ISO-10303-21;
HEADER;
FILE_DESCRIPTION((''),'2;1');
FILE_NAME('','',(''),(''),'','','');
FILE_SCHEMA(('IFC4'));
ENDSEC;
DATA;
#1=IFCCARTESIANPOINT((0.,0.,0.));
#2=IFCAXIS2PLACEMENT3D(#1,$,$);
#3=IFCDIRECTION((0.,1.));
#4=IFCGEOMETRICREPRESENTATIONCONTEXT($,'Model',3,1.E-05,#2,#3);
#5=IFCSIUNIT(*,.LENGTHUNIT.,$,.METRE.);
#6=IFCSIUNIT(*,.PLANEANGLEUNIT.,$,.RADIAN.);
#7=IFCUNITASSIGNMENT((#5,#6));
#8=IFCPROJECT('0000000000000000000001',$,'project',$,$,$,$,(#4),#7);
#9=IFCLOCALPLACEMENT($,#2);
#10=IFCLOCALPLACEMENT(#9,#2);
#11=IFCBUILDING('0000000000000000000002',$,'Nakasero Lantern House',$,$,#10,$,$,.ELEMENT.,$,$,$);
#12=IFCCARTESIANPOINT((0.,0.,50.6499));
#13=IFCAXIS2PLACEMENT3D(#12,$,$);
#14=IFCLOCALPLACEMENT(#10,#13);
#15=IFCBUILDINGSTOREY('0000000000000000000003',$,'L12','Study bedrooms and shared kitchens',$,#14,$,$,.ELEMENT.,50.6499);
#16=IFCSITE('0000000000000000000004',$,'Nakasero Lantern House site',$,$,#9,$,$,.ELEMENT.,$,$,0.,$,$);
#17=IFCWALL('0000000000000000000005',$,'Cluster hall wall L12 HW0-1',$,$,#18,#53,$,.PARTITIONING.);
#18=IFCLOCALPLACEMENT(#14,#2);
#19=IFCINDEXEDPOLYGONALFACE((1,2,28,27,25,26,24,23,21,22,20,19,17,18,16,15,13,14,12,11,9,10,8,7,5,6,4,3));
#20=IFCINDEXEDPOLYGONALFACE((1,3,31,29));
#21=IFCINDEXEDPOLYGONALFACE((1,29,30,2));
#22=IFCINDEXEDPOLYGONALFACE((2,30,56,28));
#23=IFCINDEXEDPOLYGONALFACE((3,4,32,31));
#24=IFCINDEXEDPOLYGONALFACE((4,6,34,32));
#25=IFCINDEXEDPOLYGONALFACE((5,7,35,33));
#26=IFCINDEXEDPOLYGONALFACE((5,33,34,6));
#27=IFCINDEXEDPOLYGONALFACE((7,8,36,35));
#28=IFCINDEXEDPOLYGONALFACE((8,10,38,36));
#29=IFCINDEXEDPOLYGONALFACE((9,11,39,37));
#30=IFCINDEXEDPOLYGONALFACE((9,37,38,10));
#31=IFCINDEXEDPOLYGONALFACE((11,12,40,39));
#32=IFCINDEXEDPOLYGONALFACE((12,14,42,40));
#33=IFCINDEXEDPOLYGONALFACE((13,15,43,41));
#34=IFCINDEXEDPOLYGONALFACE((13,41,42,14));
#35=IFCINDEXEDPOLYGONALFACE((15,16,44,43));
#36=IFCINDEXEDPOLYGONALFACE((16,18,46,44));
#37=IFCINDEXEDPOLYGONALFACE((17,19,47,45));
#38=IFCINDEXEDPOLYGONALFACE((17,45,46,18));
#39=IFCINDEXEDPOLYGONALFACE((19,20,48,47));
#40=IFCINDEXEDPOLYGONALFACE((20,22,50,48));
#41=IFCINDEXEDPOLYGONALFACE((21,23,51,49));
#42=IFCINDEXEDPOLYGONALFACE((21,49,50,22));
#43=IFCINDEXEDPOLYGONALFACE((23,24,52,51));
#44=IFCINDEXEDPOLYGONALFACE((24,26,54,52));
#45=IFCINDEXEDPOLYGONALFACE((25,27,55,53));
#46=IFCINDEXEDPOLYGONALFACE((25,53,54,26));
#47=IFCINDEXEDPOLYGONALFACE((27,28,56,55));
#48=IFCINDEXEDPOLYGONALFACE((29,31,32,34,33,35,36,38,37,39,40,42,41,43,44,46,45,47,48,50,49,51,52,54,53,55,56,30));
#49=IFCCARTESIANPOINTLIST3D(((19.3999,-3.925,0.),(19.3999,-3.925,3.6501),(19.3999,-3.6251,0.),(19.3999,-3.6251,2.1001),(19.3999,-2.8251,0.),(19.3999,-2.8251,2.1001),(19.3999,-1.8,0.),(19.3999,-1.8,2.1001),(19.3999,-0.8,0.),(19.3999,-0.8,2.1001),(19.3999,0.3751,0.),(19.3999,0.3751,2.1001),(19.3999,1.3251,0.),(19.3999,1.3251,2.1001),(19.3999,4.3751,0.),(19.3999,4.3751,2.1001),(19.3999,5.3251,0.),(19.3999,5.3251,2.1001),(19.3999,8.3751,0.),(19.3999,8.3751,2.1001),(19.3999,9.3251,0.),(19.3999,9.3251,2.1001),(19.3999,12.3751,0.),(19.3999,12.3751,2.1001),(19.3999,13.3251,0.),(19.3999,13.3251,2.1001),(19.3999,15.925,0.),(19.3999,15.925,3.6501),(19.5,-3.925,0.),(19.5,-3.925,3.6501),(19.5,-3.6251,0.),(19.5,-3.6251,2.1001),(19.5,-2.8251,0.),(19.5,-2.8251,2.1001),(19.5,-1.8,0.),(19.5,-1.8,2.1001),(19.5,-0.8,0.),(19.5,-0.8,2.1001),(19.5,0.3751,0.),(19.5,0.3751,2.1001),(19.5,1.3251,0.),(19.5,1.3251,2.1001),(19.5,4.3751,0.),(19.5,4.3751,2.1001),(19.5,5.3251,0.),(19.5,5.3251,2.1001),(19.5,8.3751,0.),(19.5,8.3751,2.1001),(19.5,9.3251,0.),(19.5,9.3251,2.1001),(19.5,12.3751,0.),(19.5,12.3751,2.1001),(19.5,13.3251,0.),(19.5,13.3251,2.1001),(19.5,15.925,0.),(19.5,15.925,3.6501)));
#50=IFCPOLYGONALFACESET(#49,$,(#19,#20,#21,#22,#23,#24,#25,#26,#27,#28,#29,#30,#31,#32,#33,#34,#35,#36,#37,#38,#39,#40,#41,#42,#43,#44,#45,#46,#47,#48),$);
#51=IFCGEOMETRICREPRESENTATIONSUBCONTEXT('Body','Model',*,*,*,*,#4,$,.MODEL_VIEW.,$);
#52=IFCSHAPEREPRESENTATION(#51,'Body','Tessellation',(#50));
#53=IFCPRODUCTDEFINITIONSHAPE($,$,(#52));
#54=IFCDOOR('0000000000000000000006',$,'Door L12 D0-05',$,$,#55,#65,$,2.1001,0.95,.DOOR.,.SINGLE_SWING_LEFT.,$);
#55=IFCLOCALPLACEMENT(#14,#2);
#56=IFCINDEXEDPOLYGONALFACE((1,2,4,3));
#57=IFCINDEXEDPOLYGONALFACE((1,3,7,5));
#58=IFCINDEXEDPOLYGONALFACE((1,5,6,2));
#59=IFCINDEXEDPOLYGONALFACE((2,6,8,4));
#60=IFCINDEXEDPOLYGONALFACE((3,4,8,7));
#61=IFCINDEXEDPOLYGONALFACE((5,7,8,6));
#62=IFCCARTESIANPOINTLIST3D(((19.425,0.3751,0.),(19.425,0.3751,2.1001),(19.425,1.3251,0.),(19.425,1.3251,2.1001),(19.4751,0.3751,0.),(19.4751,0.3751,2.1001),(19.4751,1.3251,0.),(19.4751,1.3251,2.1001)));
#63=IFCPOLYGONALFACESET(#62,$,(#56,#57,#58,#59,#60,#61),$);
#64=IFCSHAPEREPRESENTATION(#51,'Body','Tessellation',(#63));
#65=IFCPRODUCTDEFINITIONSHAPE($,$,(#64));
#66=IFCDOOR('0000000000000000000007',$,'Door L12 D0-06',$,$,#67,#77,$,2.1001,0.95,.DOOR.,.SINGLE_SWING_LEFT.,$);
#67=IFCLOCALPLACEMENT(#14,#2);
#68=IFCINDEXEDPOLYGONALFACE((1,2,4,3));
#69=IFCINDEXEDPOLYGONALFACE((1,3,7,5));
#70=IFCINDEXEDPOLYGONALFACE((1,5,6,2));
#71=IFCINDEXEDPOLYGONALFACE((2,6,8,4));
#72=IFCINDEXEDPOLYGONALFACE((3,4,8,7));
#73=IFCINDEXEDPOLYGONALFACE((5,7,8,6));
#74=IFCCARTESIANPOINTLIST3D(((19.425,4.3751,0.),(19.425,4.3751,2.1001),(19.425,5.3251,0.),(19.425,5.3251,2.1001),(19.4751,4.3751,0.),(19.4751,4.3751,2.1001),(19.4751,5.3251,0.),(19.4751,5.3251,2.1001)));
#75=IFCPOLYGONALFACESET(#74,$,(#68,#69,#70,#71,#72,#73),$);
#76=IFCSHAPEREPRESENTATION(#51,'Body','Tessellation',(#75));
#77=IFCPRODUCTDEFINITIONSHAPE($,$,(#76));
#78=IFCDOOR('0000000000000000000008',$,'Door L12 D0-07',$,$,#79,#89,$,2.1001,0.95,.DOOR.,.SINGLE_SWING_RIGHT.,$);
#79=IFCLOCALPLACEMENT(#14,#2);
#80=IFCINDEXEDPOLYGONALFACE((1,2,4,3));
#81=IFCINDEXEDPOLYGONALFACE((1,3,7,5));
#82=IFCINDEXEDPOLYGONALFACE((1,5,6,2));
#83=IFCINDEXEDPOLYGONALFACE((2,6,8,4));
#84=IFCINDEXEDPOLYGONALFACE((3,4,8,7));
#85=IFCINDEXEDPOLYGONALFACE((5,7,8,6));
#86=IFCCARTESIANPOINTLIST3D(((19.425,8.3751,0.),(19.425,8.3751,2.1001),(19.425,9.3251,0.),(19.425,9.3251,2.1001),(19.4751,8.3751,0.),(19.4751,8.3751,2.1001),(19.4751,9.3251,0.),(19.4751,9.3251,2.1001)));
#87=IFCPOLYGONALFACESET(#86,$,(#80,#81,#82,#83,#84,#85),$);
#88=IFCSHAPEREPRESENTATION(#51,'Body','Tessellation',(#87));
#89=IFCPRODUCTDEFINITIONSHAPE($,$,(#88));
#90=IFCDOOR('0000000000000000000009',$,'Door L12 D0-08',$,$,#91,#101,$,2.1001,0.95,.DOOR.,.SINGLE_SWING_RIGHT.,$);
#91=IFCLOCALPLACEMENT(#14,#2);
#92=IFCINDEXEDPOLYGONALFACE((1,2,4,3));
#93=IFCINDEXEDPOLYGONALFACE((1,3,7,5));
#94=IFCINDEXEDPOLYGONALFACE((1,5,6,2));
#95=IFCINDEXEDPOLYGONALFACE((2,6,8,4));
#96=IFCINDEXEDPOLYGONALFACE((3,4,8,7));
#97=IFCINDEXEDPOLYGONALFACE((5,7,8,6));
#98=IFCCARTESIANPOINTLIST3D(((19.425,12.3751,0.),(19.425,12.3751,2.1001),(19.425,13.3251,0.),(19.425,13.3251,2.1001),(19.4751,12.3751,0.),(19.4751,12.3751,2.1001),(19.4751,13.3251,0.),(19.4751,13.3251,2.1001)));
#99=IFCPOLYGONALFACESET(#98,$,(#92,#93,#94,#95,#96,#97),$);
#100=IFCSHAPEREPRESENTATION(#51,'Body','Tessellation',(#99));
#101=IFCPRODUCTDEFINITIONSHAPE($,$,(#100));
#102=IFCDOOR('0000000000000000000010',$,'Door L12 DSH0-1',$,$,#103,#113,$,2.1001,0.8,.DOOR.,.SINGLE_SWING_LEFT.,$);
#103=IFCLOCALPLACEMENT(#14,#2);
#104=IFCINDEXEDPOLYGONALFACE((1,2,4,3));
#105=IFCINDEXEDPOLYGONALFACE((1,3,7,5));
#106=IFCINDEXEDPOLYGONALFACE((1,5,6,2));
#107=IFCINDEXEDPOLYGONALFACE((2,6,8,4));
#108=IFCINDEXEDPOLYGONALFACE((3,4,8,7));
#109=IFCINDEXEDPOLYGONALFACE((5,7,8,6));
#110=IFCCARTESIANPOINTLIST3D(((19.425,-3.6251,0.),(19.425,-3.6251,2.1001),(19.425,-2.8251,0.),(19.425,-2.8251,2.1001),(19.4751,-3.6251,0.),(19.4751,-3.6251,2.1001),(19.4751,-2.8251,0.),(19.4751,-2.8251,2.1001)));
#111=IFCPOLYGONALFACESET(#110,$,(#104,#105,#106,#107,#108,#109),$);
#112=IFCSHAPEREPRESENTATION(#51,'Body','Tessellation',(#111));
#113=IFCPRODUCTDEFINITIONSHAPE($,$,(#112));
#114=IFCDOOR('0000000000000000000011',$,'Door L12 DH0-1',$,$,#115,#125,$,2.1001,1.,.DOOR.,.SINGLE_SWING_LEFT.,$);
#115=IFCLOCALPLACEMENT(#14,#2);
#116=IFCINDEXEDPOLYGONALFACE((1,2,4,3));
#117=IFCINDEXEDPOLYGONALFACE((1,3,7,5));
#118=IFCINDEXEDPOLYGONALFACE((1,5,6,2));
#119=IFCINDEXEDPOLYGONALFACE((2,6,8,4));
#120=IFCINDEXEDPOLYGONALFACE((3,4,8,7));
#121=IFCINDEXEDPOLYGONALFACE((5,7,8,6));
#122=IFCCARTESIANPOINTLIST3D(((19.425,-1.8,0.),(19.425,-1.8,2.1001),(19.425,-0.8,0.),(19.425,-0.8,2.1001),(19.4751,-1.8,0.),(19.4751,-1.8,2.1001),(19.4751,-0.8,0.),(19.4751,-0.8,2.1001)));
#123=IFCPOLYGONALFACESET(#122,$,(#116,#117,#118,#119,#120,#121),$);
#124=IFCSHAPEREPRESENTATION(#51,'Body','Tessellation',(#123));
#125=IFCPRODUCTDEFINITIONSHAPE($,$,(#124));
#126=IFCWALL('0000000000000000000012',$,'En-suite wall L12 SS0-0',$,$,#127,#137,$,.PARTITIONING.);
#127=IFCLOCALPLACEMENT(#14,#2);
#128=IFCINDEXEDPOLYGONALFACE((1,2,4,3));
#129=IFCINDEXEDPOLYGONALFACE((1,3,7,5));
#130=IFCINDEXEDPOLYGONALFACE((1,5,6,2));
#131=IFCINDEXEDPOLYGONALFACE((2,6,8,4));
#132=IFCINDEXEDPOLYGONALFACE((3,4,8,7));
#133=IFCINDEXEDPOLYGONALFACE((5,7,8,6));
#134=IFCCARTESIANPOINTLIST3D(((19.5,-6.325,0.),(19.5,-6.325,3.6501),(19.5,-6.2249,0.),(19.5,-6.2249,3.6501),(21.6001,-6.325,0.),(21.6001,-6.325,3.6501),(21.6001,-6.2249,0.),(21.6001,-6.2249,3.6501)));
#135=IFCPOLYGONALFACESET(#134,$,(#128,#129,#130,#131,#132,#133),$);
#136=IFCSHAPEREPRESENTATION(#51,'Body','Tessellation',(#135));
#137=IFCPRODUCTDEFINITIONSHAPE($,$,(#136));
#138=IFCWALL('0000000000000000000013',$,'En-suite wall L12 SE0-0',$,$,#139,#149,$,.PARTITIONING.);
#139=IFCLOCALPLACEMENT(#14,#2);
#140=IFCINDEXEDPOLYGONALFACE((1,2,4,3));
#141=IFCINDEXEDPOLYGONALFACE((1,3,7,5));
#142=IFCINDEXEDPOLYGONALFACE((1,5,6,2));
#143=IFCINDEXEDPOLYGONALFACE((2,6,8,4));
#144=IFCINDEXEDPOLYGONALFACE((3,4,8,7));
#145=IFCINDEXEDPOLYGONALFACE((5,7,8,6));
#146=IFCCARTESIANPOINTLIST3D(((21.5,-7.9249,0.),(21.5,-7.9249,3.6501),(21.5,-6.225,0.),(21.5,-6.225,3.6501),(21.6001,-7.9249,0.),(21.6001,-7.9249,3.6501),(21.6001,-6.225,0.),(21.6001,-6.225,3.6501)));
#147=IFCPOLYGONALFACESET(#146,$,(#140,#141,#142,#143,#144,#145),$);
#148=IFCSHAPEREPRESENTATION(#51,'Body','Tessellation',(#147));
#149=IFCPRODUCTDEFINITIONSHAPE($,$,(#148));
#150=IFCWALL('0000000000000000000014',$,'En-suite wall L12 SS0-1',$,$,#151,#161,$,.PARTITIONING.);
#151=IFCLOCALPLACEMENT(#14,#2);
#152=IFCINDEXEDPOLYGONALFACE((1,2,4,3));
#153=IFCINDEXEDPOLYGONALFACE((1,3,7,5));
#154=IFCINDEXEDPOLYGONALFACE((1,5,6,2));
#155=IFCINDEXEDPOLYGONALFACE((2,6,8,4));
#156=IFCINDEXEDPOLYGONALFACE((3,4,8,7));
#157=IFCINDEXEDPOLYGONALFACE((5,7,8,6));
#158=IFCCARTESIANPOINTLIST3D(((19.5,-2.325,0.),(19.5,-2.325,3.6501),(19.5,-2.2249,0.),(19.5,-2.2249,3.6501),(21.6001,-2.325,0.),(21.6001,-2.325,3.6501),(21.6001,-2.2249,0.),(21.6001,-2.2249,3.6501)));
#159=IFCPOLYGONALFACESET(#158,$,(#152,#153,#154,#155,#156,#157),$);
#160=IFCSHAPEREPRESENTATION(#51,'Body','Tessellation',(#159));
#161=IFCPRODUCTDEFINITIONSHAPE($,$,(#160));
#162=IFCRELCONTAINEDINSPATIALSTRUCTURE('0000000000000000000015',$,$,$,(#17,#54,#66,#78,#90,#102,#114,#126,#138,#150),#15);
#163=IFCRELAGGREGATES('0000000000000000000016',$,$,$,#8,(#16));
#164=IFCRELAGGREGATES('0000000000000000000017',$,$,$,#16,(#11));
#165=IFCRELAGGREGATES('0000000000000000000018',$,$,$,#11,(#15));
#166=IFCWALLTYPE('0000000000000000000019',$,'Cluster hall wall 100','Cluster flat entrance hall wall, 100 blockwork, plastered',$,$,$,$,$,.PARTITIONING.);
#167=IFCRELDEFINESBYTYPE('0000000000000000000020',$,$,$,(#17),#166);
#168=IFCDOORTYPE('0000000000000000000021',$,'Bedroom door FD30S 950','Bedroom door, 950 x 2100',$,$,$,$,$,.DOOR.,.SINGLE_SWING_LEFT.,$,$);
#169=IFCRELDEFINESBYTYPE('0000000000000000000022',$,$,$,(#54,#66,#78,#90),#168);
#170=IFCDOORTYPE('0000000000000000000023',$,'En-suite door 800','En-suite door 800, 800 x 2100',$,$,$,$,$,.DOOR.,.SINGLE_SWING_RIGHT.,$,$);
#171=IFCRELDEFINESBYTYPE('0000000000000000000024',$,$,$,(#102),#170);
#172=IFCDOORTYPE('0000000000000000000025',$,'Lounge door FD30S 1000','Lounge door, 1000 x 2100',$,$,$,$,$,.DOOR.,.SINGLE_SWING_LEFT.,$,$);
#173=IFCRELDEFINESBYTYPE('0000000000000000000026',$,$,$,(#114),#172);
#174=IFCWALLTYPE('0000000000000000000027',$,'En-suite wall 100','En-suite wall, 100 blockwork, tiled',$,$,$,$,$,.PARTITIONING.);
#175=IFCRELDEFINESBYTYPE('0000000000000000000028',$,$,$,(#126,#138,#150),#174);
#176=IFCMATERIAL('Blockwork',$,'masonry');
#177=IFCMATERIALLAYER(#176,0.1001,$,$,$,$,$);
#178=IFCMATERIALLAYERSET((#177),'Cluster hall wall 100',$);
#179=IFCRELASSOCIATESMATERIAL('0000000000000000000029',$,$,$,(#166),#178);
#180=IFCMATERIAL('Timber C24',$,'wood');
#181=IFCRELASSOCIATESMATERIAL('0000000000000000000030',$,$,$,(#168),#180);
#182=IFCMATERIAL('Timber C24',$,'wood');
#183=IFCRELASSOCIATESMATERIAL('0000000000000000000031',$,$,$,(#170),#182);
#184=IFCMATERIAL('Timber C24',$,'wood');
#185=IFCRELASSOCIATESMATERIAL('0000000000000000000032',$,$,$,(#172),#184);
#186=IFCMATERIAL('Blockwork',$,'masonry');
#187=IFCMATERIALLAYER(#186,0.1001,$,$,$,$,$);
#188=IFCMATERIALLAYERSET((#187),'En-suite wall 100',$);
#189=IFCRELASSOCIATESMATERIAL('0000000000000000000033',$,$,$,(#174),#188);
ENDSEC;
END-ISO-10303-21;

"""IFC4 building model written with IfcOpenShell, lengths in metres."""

from ifc_helpers import new_model, si_unit, direction, frame, frame_2d, origin, place, context, subcontext, project, spatial, rectangle, extrude, material, layer, layer_set, type_object, element, fill, save


model = new_model("IFC4")

# Units and contexts
model_context = context("Model", 3, precision=1e-05, world=origin(), true_north=direction((0.0, 1.0)))
body_context = subcontext(model_context, "Body", "Model", "MODEL_VIEW")
ifc_project = project(units=[si_unit("LENGTHUNIT", "METRE"), si_unit("PLANEANGLEUNIT", "RADIAN")], contexts=[model_context])

# Site, building, storey
site_placement = place(None, origin())
site = spatial("IfcSite", under=ifc_project, at=site_placement, Name="Nakasero Lantern House site", CompositionType="ELEMENT", RefElevation=0.0)
building_placement = place(site_placement, origin())
building = spatial("IfcBuilding", under=site, at=building_placement, Name="Nakasero Lantern House", CompositionType="ELEMENT")
storey_placement = place(building_placement, frame((0.0, 0.0, 50.6499)))
storey = spatial("IfcBuildingStorey", under=building, at=storey_placement, Name="L12", Description="Study bedrooms and shared kitchens", CompositionType="ELEMENT", Elevation=50.6499)

# Wall, openings, doors
ifc_material_1 = material(Name="Blockwork", Category="masonry")
ifc_layer_1 = layer(ifc_material_1, 0.1001)
ifc_layer_set_1 = layer_set([ifc_layer_1], Name="Cluster hall wall 100")
wall_type_1 = type_object("IfcWallType", Name="Cluster hall wall 100", Description="Cluster flat entrance hall wall, 100 blockwork, plastered", PredefinedType="PARTITIONING", material=ifc_layer_set_1)
wall_1_placement = place(storey_placement, frame((19.45, -3.925, 0.0), z_axis=(0.0, 0.0, 1.0), x_axis=(0.0, 1.0, 0.0)))
wall_1 = element("IfcWall", 1, at=wall_1_placement, inside=storey, type_object=wall_type_1, Name="Cluster hall wall L12 HW0-1", PredefinedType="PARTITIONING", context=body_context, shape_type="SweptSolid", body=[
    extrude(rectangle(XDim=19.8501, YDim=0.1001, at=frame_2d((9.925, 0.0))), origin(), (0.0, 0.0, 1.0), 3.6501),
])
opening_1_placement = place(wall_1_placement, frame((2.125, 0.0, 0.0)))
opening_1 = element("IfcOpeningElement", 2, at=opening_1_placement, cuts=wall_1, PredefinedType="OPENING", context=body_context, shape_type="SweptSolid", body=[
    extrude(rectangle(XDim=1.0, YDim=2.1001, at=frame_2d((0.5, 1.05))), frame((0.0, 0.0701, 0.0), z_axis=(0.0, -1.0, 0.0), x_axis=(1.0, 0.0, 0.0)), (0.0, 0.0, 1.0), 0.1401),
])
opening_2_placement = place(wall_1_placement, frame((0.3, 0.0, 0.0)))
opening_2 = element("IfcOpeningElement", 3, at=opening_2_placement, cuts=wall_1, PredefinedType="OPENING", context=body_context, shape_type="SweptSolid", body=[
    extrude(rectangle(XDim=0.8, YDim=2.1001, at=frame_2d((0.3999, 1.05))), frame((0.0, 0.0701, 0.0), z_axis=(0.0, -1.0, 0.0), x_axis=(1.0, 0.0, 0.0)), (0.0, 0.0, 1.0), 0.1401),
])
opening_3_placement = place(wall_1_placement, frame((4.3, 0.0, 0.0)))
opening_3 = element("IfcOpeningElement", 4, at=opening_3_placement, cuts=wall_1, PredefinedType="OPENING", context=body_context, shape_type="SweptSolid", body=[
    extrude(rectangle(XDim=0.95, YDim=2.1001, at=frame_2d((0.4751, 1.05))), frame((0.0, 0.0701, 0.0), z_axis=(0.0, -1.0, 0.0), x_axis=(1.0, 0.0, 0.0)), (0.0, 0.0, 1.0), 0.1401),
])
opening_4_placement = place(wall_1_placement, frame((8.3, 0.0, 0.0)))
opening_4 = element("IfcOpeningElement", 5, at=opening_4_placement, cuts=wall_1, PredefinedType="OPENING", context=body_context, shape_type="SweptSolid", body=[
    extrude(rectangle(XDim=0.95, YDim=2.1001, at=frame_2d((0.4751, 1.05))), frame((0.0, 0.0701, 0.0), z_axis=(0.0, -1.0, 0.0), x_axis=(1.0, 0.0, 0.0)), (0.0, 0.0, 1.0), 0.1401),
])
opening_5_placement = place(wall_1_placement, frame((12.3, 0.0, 0.0)))
opening_5 = element("IfcOpeningElement", 6, at=opening_5_placement, cuts=wall_1, PredefinedType="OPENING", context=body_context, shape_type="SweptSolid", body=[
    extrude(rectangle(XDim=0.95, YDim=2.1001, at=frame_2d((0.4751, 1.05))), frame((0.0, 0.0701, 0.0), z_axis=(0.0, -1.0, 0.0), x_axis=(1.0, 0.0, 0.0)), (0.0, 0.0, 1.0), 0.1401),
])
opening_6_placement = place(wall_1_placement, frame((16.3, 0.0, 0.0)))
opening_6 = element("IfcOpeningElement", 7, at=opening_6_placement, cuts=wall_1, PredefinedType="OPENING", context=body_context, shape_type="SweptSolid", body=[
    extrude(rectangle(XDim=0.95, YDim=2.1001, at=frame_2d((0.4751, 1.05))), frame((0.0, 0.0701, 0.0), z_axis=(0.0, -1.0, 0.0), x_axis=(1.0, 0.0, 0.0)), (0.0, 0.0, 1.0), 0.1401),
])
ifc_material_2 = material(Name="Timber C24", Category="wood")
door_type_1 = type_object("IfcDoorType", Name="Bedroom door FD30S 950", Description="Bedroom door, 950 x 2100", OperationType="SINGLE_SWING_LEFT", PredefinedType="DOOR", material=ifc_material_2)
door_1_placement = place(opening_3_placement, origin())
door_1 = element("IfcDoor", 8, at=door_1_placement, inside=storey, type_object=door_type_1, Name="Door L12 D0-05", OperationType="SINGLE_SWING_LEFT", OverallHeight=2.1001, OverallWidth=0.95, PredefinedType="DOOR", context=body_context, shape_type="SweptSolid", body=[
    extrude(rectangle(XDim=0.95, YDim=2.1001, at=frame_2d((0.4751, 1.05))), frame((0.0, 0.0249, 0.0), z_axis=(0.0, -1.0, 0.0), x_axis=(1.0, 0.0, 0.0)), (0.0, 0.0, 1.0), 0.05),
])
fill(opening_3, door_1)
door_2_placement = place(opening_4_placement, origin())
door_2 = element("IfcDoor", 9, at=door_2_placement, inside=storey, type_object=door_type_1, Name="Door L12 D0-06", OperationType="SINGLE_SWING_LEFT", OverallHeight=2.1001, OverallWidth=0.95, PredefinedType="DOOR", context=body_context, shape_type="SweptSolid", body=[
    extrude(rectangle(XDim=0.95, YDim=2.1001, at=frame_2d((0.4751, 1.05))), frame((0.0, 0.0249, 0.0), z_axis=(0.0, -1.0, 0.0), x_axis=(1.0, 0.0, 0.0)), (0.0, 0.0, 1.0), 0.05),
])
fill(opening_4, door_2)
door_3_placement = place(opening_5_placement, origin())
door_3 = element("IfcDoor", 10, at=door_3_placement, inside=storey, type_object=door_type_1, Name="Door L12 D0-07", OperationType="SINGLE_SWING_RIGHT", OverallHeight=2.1001, OverallWidth=0.95, PredefinedType="DOOR", context=body_context, shape_type="SweptSolid", body=[
    extrude(rectangle(XDim=0.95, YDim=2.1001, at=frame_2d((0.4751, 1.05))), frame((0.0, 0.0249, 0.0), z_axis=(0.0, -1.0, 0.0), x_axis=(1.0, 0.0, 0.0)), (0.0, 0.0, 1.0), 0.05),
])
fill(opening_5, door_3)
door_4_placement = place(opening_6_placement, origin())
door_4 = element("IfcDoor", 11, at=door_4_placement, inside=storey, type_object=door_type_1, Name="Door L12 D0-08", OperationType="SINGLE_SWING_RIGHT", OverallHeight=2.1001, OverallWidth=0.95, PredefinedType="DOOR", context=body_context, shape_type="SweptSolid", body=[
    extrude(rectangle(XDim=0.95, YDim=2.1001, at=frame_2d((0.4751, 1.05))), frame((0.0, 0.0249, 0.0), z_axis=(0.0, -1.0, 0.0), x_axis=(1.0, 0.0, 0.0)), (0.0, 0.0, 1.0), 0.05),
])
fill(opening_6, door_4)
ifc_material_3 = material(Name="Timber C24", Category="wood")
door_type_2 = type_object("IfcDoorType", Name="En-suite door 800", Description="En-suite door 800, 800 x 2100", OperationType="SINGLE_SWING_RIGHT", PredefinedType="DOOR", material=ifc_material_3)
door_5_placement = place(opening_2_placement, origin())
door_5 = element("IfcDoor", 12, at=door_5_placement, inside=storey, type_object=door_type_2, Name="Door L12 DSH0-1", OperationType="SINGLE_SWING_LEFT", OverallHeight=2.1001, OverallWidth=0.8, PredefinedType="DOOR", context=body_context, shape_type="SweptSolid", body=[
    extrude(rectangle(XDim=0.8, YDim=2.1001, at=frame_2d((0.3999, 1.05))), frame((0.0, 0.0249, 0.0), z_axis=(0.0, -1.0, 0.0), x_axis=(1.0, 0.0, 0.0)), (0.0, 0.0, 1.0), 0.05),
])
fill(opening_2, door_5)
ifc_material_4 = material(Name="Timber C24", Category="wood")
door_type_3 = type_object("IfcDoorType", Name="Lounge door FD30S 1000", Description="Lounge door, 1000 x 2100", OperationType="SINGLE_SWING_LEFT", PredefinedType="DOOR", material=ifc_material_4)
door_6_placement = place(opening_1_placement, origin())
door_6 = element("IfcDoor", 13, at=door_6_placement, inside=storey, type_object=door_type_3, Name="Door L12 DH0-1", OperationType="SINGLE_SWING_LEFT", OverallHeight=2.1001, OverallWidth=1.0, PredefinedType="DOOR", context=body_context, shape_type="SweptSolid", body=[
    extrude(rectangle(XDim=1.0, YDim=2.1001, at=frame_2d((0.5, 1.05))), frame((0.0, 0.0249, 0.0), z_axis=(0.0, -1.0, 0.0), x_axis=(1.0, 0.0, 0.0)), (0.0, 0.0, 1.0), 0.05),
])
fill(opening_1, door_6)

# Walls
ifc_material_5 = material(Name="Blockwork", Category="masonry")
ifc_layer_2 = layer(ifc_material_5, 0.1001)
ifc_layer_set_2 = layer_set([ifc_layer_2], Name="En-suite wall 100")
wall_type_2 = type_object("IfcWallType", Name="En-suite wall 100", Description="En-suite wall, 100 blockwork, tiled", PredefinedType="PARTITIONING", material=ifc_layer_set_2)
wall_2_placement = place(storey_placement, frame((19.5, -6.2749, 0.0), z_axis=(0.0, 0.0, 1.0), x_axis=(1.0, 0.0, 0.0)))
element("IfcWall", 14, at=wall_2_placement, inside=storey, type_object=wall_type_2, Name="En-suite wall L12 SS0-0", PredefinedType="PARTITIONING", context=body_context, shape_type="SweptSolid", body=[
    extrude(rectangle(XDim=2.1001, YDim=0.1001, at=frame_2d((1.05, 0.0))), origin(), (0.0, 0.0, 1.0), 3.6501),
])
wall_3_placement = place(storey_placement, frame((21.55, -7.925, 0.0), z_axis=(0.0, 0.0, 1.0), x_axis=(0.0, 1.0, 0.0)))
element("IfcWall", 15, at=wall_3_placement, inside=storey, type_object=wall_type_2, Name="En-suite wall L12 SE0-0", PredefinedType="PARTITIONING", context=body_context, shape_type="SweptSolid", body=[
    extrude(rectangle(XDim=1.7, YDim=0.1001, at=frame_2d((0.8501, 0.0))), origin(), (0.0, 0.0, 1.0), 3.6501),
])
wall_4_placement = place(storey_placement, frame((19.5, -2.2749, 0.0), z_axis=(0.0, 0.0, 1.0), x_axis=(1.0, 0.0, 0.0)))
element("IfcWall", 16, at=wall_4_placement, inside=storey, type_object=wall_type_2, Name="En-suite wall L12 SS0-1", PredefinedType="PARTITIONING", context=body_context, shape_type="SweptSolid", body=[
    extrude(rectangle(XDim=2.1001, YDim=0.1001, at=frame_2d((1.05, 0.0))), origin(), (0.0, 0.0, 1.0), 3.6501),
])

save(model, "model.ifc")
